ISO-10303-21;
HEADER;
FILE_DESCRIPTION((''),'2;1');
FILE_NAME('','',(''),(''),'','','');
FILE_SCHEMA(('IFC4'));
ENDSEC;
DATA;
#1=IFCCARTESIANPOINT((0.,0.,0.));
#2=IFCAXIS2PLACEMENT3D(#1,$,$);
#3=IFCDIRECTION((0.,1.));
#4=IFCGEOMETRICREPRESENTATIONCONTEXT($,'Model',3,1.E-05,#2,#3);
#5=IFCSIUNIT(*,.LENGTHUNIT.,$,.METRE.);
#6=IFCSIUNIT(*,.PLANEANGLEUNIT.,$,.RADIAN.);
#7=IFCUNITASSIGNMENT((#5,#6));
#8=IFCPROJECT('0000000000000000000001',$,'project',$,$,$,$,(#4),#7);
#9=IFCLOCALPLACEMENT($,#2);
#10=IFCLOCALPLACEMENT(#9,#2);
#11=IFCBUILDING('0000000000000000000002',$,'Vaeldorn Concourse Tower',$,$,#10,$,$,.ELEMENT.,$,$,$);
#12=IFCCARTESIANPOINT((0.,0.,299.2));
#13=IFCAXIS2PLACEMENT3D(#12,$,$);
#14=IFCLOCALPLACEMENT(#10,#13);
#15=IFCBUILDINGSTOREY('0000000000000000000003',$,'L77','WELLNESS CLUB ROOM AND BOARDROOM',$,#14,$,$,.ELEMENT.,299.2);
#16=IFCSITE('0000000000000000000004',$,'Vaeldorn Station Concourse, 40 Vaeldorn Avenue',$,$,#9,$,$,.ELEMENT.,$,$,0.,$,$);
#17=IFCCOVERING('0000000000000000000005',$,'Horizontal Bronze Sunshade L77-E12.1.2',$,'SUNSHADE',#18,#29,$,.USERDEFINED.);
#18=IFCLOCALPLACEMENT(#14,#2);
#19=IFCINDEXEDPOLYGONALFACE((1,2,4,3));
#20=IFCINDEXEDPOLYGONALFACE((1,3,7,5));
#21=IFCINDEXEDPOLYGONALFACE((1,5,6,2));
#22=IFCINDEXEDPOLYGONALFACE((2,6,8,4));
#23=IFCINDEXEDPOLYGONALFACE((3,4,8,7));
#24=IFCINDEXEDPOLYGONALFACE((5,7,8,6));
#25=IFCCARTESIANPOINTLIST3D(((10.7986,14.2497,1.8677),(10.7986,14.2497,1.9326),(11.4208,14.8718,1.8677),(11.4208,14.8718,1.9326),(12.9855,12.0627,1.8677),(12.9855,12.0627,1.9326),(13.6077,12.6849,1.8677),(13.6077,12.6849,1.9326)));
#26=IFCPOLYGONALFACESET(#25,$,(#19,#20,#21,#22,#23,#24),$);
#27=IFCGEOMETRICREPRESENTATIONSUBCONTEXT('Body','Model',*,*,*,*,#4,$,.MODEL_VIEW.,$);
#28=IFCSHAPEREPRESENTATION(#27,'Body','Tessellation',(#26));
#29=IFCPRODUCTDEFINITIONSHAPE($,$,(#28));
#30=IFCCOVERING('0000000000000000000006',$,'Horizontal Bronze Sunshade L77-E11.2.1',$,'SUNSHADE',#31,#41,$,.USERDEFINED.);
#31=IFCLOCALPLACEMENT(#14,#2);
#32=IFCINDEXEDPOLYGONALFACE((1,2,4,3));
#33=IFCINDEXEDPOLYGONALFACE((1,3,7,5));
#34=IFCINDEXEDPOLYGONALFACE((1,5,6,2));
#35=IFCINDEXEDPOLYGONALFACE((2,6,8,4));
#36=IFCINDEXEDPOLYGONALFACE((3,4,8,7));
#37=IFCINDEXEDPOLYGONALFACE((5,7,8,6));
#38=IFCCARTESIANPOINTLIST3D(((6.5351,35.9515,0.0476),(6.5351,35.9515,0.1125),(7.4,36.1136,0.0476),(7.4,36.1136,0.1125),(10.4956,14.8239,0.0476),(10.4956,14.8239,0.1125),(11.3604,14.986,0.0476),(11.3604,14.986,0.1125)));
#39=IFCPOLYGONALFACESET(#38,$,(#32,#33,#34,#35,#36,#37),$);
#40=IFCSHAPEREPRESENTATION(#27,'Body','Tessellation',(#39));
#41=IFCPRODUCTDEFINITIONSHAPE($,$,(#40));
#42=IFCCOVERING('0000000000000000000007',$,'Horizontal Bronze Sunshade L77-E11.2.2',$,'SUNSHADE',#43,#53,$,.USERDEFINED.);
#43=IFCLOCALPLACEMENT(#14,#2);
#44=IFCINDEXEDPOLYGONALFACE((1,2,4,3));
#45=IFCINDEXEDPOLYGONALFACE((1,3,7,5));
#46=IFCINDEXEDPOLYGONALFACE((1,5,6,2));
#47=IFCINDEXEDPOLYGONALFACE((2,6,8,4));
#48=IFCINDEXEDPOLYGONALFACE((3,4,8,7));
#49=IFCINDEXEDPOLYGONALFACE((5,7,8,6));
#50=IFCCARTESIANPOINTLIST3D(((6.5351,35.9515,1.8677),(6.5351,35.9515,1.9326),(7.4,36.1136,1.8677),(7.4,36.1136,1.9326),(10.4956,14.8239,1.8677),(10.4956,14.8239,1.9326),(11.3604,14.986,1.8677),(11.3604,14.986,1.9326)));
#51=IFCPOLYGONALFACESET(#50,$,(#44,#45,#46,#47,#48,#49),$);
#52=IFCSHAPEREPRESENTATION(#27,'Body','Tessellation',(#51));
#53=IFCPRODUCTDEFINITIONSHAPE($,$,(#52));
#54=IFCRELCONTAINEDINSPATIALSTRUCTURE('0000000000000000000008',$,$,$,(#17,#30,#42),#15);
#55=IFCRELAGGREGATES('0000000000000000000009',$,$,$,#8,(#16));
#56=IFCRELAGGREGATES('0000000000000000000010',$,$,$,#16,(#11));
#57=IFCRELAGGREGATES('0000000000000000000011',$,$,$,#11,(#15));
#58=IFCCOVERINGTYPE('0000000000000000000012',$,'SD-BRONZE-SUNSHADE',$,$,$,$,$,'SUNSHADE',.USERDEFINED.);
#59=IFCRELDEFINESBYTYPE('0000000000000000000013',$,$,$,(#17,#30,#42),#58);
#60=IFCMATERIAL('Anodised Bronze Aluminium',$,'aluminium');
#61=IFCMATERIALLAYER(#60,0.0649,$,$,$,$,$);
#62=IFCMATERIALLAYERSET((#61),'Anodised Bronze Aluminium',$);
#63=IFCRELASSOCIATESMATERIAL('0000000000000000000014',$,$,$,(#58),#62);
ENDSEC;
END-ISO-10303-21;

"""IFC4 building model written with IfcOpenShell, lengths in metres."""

from ifc_helpers import new_model, si_unit, direction, frame, origin, origin_2d, place, context, subcontext, project, spatial, rectangle, extrude, source, transform, mapped, material, layer, layer_set, type_object, element, save


model = new_model("IFC4")

# Units and contexts
model_context = context("Model", 3, precision=1e-05, world=origin(), true_north=direction((0.0, 1.0)))
body_context = subcontext(model_context, "Body", "Model", "MODEL_VIEW")
ifc_project = project(units=[si_unit("LENGTHUNIT", "METRE"), si_unit("PLANEANGLEUNIT", "RADIAN")], contexts=[model_context])

# Site, building, storey
site_placement = place(None, origin())
site = spatial("IfcSite", under=ifc_project, at=site_placement, Name="Vaeldorn Station Concourse, 40 Vaeldorn Avenue", CompositionType="ELEMENT", RefElevation=0.0)
building_placement = place(site_placement, origin())
building = spatial("IfcBuilding", under=site, at=building_placement, Name="Vaeldorn Concourse Tower", CompositionType="ELEMENT")
storey_placement = place(building_placement, frame((0.0, 0.0, 299.2)))
storey = spatial("IfcBuildingStorey", under=building, at=storey_placement, Name="L77", Description="WELLNESS CLUB ROOM AND BOARDROOM", CompositionType="ELEMENT", Elevation=299.2)

# Shared definitions
ifc_material_1 = material(Name="Anodised Bronze Aluminium", Category="aluminium")

# Coverings
ifc_layer_1 = layer(ifc_material_1, 0.0649)
ifc_layer_set_1 = layer_set([ifc_layer_1], Name="Anodised Bronze Aluminium")
covering_type = type_object("IfcCoveringType", Name="SD-BRONZE-SUNSHADE", ElementType="SUNSHADE", PredefinedType="USERDEFINED", material=ifc_layer_set_1)
shared_shape_1 = source(origin(), body_context, "Body", "SweptSolid", [
    extrude(rectangle(XDim=3.0928, YDim=0.8799, at=origin_2d()), origin(), (0.0, 0.0, 1.0), 0.0649),
])
for number, where, z_axis, x_axis, name in (
    (1, (12.2031, 13.4673, 1.8677), (0.0, 0.0, 1.0), (0.707107, -0.707107, 0.0), "Horizontal Bronze Sunshade L77-E12.1.2"),
):
    element("IfcCovering", number, at=place(storey_placement, frame(where, z_axis=z_axis, x_axis=x_axis)), inside=storey, type_object=covering_type, Name=name, ObjectType="SUNSHADE", PredefinedType="USERDEFINED", context=body_context, shape_type="MappedRepresentation", body=[
        mapped(shared_shape_1, transform((0.0, 0.0, 0.0), scale=1.0)),
    ])
shared_shape_2 = source(origin(), body_context, "Body", "SweptSolid", [
    extrude(rectangle(XDim=21.4956, YDim=0.8799, at=origin_2d()), origin(), (0.0, 0.0, 1.0), 0.0649),
])
for number, where, z_axis, x_axis, name in (
    (2, (8.9478, 25.4688, 0.0476), (0.0, 0.0, 1.0), (0.184243, -0.982881, 0.0), "Horizontal Bronze Sunshade L77-E11.2.1"),
    (3, (8.9478, 25.4688, 1.8677), (0.0, 0.0, 1.0), (0.184243, -0.982881, 0.0), "Horizontal Bronze Sunshade L77-E11.2.2"),
):
    element("IfcCovering", number, at=place(storey_placement, frame(where, z_axis=z_axis, x_axis=x_axis)), inside=storey, type_object=covering_type, Name=name, ObjectType="SUNSHADE", PredefinedType="USERDEFINED", context=body_context, shape_type="MappedRepresentation", body=[
        mapped(shared_shape_2, transform((0.0, 0.0, 0.0), scale=1.0)),
    ])

save(model, "model.ifc")
